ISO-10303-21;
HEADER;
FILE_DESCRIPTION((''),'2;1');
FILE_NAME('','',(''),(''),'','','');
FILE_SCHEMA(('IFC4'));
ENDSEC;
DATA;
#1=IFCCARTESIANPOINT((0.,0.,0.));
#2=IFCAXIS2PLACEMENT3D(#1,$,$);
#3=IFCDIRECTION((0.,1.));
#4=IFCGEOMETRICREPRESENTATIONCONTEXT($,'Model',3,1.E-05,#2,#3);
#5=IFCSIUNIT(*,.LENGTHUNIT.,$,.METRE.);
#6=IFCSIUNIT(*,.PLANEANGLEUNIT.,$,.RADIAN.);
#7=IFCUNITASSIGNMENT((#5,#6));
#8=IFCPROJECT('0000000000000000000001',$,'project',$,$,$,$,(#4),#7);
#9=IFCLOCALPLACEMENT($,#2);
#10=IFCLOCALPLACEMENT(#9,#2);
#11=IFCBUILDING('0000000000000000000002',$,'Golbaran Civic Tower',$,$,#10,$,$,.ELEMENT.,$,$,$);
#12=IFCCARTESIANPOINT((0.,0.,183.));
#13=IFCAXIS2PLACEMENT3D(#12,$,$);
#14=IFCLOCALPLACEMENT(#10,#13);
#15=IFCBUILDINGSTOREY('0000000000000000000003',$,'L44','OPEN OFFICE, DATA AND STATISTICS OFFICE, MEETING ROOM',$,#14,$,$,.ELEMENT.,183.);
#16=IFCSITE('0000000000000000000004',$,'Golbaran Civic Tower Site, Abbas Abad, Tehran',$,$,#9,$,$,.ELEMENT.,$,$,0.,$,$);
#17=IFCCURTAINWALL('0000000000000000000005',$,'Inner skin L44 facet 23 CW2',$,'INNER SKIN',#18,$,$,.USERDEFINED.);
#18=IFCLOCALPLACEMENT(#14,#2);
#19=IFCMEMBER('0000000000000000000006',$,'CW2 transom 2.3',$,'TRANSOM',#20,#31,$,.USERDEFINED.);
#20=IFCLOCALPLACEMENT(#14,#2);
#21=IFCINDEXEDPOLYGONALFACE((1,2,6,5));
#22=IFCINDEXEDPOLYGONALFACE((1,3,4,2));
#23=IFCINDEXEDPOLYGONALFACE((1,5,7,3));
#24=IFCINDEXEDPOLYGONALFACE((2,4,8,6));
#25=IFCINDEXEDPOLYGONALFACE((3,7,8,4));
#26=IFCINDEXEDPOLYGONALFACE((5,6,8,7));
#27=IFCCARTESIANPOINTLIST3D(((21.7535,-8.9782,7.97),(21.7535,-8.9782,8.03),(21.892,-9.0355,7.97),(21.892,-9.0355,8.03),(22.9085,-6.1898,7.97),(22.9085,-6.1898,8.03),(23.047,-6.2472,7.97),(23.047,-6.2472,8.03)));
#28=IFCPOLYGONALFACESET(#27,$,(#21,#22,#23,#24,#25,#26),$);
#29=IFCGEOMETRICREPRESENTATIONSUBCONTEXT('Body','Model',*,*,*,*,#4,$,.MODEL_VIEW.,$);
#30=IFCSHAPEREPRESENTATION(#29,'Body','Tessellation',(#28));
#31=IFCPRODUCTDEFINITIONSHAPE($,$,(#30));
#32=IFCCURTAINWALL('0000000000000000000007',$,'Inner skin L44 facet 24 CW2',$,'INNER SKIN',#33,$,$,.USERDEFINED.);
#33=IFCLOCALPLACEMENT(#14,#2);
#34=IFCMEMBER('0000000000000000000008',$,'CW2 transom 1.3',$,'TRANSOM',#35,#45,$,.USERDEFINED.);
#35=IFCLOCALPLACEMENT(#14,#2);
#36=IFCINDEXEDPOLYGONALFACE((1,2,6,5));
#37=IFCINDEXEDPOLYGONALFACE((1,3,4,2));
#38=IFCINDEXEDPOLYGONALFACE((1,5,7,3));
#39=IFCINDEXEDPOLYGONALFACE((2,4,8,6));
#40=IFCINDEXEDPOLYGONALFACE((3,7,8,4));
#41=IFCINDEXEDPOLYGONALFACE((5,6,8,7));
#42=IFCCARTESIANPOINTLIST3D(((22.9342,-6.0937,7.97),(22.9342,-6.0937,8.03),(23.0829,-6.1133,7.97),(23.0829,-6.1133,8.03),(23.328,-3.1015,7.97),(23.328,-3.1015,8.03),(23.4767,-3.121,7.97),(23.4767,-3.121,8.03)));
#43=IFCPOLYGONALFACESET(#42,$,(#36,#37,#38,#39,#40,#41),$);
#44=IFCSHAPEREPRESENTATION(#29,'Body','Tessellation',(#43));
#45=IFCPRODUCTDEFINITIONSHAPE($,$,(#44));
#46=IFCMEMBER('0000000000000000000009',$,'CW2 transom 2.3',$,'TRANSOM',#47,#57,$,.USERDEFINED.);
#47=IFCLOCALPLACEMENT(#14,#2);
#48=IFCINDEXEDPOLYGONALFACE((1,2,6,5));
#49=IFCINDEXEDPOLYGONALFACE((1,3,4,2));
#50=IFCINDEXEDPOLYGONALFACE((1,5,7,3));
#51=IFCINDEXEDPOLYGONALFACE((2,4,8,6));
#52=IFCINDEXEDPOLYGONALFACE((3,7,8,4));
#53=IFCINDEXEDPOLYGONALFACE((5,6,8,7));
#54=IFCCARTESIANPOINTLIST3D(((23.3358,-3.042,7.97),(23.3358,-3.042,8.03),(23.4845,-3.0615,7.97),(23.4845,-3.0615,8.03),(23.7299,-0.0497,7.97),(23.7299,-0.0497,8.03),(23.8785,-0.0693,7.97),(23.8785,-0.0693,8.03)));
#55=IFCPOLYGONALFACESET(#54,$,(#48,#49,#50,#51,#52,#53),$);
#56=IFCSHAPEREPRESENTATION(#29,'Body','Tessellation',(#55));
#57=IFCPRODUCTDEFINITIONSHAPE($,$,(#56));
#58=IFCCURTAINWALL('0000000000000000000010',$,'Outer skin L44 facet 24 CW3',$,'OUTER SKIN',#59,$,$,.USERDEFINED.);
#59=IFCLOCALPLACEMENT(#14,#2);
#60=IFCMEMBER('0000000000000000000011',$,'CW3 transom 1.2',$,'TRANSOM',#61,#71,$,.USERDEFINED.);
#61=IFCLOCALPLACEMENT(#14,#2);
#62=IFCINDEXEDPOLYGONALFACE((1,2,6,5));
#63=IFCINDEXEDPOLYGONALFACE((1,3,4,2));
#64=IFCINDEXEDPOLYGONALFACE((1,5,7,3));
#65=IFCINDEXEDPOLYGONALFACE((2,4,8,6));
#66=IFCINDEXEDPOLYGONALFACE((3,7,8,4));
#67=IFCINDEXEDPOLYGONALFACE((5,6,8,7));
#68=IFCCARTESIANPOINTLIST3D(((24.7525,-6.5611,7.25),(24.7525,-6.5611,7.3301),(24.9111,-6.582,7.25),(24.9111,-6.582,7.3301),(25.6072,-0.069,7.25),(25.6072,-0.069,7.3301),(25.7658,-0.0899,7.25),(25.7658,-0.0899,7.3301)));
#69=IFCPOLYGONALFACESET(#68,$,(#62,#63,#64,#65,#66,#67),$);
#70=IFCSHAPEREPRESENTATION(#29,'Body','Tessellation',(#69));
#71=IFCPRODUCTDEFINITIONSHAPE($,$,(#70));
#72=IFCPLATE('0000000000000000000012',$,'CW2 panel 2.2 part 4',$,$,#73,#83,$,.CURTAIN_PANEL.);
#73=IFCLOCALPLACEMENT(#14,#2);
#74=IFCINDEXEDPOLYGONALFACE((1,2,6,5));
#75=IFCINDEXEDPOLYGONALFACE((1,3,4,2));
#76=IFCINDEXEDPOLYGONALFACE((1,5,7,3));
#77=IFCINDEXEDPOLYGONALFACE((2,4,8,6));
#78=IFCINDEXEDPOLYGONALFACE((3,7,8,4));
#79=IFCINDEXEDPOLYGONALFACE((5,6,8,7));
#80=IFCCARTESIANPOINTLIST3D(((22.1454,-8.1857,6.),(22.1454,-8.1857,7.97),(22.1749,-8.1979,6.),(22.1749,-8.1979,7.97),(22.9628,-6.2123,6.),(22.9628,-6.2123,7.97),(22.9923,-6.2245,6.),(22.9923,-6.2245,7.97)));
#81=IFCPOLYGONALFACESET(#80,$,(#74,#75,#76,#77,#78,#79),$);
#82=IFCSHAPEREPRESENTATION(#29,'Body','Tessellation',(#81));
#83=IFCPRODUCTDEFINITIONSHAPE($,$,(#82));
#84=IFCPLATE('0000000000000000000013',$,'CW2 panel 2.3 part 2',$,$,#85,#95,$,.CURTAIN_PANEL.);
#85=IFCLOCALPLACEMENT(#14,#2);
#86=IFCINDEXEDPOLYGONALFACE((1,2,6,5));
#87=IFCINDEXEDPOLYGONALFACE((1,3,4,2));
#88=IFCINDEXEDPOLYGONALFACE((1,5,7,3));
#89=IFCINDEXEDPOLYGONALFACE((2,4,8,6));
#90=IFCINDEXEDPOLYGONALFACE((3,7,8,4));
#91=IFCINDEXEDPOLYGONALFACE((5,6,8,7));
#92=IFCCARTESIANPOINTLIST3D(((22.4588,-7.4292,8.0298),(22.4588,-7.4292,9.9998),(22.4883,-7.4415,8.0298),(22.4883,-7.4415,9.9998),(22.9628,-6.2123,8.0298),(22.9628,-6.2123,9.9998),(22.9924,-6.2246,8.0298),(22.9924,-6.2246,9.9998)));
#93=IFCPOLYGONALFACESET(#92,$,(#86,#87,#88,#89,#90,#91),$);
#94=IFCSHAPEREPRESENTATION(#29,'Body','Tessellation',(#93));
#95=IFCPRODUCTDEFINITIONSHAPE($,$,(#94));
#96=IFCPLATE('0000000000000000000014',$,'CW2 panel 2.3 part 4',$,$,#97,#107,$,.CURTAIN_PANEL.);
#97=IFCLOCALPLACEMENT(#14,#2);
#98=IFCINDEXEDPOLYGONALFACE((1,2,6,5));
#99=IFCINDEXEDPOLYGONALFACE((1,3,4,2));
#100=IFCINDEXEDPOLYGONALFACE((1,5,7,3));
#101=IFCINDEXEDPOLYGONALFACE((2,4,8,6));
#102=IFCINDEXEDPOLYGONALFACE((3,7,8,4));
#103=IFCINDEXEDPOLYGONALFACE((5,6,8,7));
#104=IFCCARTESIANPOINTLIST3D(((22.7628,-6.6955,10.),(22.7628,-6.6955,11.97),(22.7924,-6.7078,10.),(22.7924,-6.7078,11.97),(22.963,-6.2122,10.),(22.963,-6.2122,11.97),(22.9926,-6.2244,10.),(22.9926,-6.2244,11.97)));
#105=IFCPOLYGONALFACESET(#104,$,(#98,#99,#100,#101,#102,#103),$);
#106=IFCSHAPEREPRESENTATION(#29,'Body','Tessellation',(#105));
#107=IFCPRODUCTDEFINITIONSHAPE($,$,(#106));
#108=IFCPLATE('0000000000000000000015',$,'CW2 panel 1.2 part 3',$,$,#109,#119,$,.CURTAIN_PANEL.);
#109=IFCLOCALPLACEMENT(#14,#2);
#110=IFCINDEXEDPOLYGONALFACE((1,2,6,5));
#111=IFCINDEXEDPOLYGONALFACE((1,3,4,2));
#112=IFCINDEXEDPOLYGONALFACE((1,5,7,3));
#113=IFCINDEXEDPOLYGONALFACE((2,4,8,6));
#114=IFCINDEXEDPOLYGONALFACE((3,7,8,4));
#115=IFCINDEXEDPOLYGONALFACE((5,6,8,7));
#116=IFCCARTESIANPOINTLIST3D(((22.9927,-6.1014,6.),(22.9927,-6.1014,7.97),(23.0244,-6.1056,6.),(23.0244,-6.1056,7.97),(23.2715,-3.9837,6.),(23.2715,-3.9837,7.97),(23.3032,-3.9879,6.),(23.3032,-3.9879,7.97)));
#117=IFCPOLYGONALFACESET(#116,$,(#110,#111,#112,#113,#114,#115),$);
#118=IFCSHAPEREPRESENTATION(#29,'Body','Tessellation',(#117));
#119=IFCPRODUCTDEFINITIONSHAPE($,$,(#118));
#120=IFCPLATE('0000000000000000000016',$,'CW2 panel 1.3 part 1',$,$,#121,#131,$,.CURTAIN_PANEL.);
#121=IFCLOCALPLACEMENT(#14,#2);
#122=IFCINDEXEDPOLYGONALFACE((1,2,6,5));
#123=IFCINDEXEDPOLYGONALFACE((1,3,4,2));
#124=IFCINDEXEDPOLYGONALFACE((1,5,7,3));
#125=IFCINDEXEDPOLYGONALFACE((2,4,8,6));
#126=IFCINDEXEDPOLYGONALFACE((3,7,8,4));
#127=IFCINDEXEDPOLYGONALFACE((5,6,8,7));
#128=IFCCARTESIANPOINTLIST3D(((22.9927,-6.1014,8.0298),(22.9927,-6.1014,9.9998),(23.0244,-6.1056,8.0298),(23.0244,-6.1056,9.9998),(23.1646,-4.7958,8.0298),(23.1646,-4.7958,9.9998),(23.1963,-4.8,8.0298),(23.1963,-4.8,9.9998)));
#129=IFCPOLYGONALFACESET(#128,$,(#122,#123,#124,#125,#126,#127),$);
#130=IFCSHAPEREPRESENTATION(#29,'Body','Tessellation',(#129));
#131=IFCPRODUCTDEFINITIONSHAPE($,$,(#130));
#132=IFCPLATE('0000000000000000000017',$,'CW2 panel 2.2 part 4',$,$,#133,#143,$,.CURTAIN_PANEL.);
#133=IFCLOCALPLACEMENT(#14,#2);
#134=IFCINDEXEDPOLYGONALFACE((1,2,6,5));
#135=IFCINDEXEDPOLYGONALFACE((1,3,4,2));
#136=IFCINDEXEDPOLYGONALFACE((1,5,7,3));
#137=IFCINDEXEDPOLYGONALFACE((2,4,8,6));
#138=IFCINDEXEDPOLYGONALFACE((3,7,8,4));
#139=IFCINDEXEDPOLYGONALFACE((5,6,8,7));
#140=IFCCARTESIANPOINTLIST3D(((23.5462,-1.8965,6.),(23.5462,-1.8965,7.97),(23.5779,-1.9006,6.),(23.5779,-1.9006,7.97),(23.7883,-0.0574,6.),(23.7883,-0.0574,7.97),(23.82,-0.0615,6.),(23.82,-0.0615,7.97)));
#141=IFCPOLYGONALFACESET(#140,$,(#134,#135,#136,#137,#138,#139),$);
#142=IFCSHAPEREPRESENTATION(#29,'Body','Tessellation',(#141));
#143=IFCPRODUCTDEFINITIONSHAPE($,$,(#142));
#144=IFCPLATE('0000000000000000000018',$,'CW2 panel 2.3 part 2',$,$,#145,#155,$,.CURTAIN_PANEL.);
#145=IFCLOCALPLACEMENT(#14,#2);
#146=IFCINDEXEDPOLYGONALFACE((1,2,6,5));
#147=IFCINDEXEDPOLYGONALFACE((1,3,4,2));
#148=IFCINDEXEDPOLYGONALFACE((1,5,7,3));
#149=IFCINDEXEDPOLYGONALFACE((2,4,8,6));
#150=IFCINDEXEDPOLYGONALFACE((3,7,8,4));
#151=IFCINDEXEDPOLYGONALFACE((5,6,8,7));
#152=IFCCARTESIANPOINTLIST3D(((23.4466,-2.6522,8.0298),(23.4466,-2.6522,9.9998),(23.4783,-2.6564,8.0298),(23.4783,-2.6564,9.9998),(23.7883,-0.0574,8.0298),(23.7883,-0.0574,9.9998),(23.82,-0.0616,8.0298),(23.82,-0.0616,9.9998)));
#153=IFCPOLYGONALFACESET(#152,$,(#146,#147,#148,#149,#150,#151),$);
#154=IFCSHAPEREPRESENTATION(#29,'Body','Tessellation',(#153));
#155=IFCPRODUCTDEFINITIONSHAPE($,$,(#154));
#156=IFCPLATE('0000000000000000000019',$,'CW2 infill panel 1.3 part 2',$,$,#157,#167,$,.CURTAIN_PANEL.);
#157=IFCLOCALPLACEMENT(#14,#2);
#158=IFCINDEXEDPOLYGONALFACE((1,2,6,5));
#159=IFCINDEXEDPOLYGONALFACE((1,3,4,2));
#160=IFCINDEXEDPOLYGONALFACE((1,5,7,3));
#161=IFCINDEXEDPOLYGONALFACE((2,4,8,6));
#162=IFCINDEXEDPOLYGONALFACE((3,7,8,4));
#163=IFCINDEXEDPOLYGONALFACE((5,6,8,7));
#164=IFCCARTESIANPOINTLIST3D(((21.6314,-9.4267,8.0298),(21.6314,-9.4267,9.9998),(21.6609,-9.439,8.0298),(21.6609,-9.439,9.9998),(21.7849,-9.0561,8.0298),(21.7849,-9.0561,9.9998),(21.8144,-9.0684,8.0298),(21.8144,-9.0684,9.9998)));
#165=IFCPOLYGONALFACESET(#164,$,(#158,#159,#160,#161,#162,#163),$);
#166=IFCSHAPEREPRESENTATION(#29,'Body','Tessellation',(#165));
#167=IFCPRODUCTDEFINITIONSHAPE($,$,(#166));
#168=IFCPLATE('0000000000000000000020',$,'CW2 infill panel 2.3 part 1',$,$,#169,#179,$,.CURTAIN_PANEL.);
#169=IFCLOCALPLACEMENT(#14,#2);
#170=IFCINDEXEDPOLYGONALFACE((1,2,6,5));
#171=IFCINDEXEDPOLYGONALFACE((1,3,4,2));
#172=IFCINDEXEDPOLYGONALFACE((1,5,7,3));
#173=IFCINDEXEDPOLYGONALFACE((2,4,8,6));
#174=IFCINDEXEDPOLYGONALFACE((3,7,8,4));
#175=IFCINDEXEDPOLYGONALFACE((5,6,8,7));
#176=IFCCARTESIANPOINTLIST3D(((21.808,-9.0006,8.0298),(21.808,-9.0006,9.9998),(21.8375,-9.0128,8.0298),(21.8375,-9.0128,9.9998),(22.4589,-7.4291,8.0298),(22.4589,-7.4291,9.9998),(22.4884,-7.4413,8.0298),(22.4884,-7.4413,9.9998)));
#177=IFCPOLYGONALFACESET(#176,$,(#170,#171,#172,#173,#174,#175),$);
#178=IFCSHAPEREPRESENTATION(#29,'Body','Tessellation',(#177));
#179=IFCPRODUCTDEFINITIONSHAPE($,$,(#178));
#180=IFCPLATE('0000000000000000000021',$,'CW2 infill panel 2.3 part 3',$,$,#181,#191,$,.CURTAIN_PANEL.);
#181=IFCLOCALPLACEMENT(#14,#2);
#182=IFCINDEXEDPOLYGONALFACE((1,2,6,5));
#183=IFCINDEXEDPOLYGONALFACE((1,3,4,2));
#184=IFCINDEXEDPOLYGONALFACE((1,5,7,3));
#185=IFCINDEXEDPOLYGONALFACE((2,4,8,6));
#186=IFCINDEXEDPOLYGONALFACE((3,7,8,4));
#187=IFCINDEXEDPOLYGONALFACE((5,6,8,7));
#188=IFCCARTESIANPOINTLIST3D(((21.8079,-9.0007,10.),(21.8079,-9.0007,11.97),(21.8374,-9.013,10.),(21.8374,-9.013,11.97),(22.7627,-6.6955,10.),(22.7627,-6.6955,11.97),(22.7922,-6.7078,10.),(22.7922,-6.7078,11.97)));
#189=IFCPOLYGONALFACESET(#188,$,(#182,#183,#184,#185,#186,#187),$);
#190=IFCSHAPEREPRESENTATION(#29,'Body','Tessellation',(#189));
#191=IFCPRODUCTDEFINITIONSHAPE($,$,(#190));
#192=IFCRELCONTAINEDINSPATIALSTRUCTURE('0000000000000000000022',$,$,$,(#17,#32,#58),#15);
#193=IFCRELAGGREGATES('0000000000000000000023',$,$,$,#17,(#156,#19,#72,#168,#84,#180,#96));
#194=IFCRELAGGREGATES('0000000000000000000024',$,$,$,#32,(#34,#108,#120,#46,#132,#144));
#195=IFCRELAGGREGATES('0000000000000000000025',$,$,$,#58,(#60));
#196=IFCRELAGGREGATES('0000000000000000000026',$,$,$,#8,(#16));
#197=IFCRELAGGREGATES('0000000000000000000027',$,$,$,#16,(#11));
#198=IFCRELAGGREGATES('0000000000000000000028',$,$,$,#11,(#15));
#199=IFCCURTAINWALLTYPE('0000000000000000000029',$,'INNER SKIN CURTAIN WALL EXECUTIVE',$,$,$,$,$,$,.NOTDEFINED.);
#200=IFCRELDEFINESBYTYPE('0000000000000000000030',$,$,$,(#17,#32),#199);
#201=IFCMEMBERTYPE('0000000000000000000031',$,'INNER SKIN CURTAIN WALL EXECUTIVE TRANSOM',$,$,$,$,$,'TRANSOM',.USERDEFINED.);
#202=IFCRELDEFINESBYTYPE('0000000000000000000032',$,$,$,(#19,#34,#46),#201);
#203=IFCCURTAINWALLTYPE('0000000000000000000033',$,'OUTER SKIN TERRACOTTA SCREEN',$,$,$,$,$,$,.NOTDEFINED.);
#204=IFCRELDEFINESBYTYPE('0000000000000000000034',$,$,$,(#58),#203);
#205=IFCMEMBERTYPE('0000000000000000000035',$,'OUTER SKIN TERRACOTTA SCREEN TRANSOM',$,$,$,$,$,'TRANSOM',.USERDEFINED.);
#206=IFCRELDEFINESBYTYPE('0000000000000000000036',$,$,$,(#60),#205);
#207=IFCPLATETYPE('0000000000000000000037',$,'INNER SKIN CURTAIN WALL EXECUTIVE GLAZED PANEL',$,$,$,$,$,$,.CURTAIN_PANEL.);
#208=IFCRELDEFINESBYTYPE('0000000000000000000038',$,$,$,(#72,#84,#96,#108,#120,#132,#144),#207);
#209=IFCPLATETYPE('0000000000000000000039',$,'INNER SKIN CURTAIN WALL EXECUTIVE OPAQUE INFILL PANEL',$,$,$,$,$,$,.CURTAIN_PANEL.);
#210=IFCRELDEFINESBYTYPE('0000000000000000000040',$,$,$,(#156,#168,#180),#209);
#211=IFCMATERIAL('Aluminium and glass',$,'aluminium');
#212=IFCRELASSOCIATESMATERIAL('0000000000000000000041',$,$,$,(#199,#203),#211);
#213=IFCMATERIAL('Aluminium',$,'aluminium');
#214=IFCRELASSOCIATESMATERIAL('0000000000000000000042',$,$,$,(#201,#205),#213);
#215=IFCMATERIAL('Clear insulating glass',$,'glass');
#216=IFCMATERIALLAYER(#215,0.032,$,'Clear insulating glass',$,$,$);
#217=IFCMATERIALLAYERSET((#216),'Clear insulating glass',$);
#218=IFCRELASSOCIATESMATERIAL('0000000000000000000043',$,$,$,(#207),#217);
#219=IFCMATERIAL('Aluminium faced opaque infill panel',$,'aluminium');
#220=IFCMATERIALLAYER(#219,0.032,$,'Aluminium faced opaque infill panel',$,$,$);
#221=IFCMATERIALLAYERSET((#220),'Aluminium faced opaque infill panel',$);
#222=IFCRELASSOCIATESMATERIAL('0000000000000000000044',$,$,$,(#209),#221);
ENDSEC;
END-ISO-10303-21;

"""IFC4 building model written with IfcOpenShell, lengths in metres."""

from ifc_helpers import new_model, si_unit, direction, frame, origin, origin_2d, place, context, subcontext, project, spatial, rectangle, extrude, material, layer, layer_set, material_profile, profile_set, type_object, element, aggregate, save


model = new_model("IFC4")

# Units and contexts
model_context = context("Model", 3, precision=1e-05, world=origin(), true_north=direction((0.0, 1.0)))
body_context = subcontext(model_context, "Body", "Model", "MODEL_VIEW")
ifc_project = project(units=[si_unit("LENGTHUNIT", "METRE"), si_unit("PLANEANGLEUNIT", "RADIAN")], contexts=[model_context])

# Site, building, storey
site_placement = place(None, origin())
site = spatial("IfcSite", under=ifc_project, at=site_placement, Name="Golbaran Civic Tower Site, Abbas Abad, Tehran", CompositionType="ELEMENT", RefElevation=0.0)
building_placement = place(site_placement, origin())
building = spatial("IfcBuilding", under=site, at=building_placement, Name="Golbaran Civic Tower", CompositionType="ELEMENT")
storey_placement = place(building_placement, frame((0.0, 0.0, 183.0)))
storey = spatial("IfcBuildingStorey", under=building, at=storey_placement, Name="L44", Description="OPEN OFFICE, DATA AND STATISTICS OFFICE, MEETING ROOM", CompositionType="ELEMENT", Elevation=183.0)

# Curtain wall, member
ifc_material_1 = material(Name="Aluminium and glass", Category="aluminium")
curtain_wall_type_1 = type_object("IfcCurtainWallType", Name="INNER SKIN CURTAIN WALL EXECUTIVE", PredefinedType="NOTDEFINED", material=ifc_material_1)
curtain_wall_1_placement = place(storey_placement, origin())
curtain_wall_1 = element("IfcCurtainWall", 1, at=curtain_wall_1_placement, inside=storey, type_object=curtain_wall_type_1, Name="Inner skin L44 facet 23 CW2", ObjectType="INNER SKIN", PredefinedType="USERDEFINED")
ifc_material_2 = material(Name="Aluminium", Category="aluminium")
ifc_material_profile_1 = material_profile(ifc_material_2, rectangle(XDim=0.1499, YDim=0.0601, at=origin_2d()), Name="INNER SKIN CURTAIN WALL EXECUTIVE TRANSOM")
ifc_profile_set_1 = profile_set([ifc_material_profile_1], Name="Aluminium")
member_type_1 = type_object("IfcMemberType", Name="INNER SKIN CURTAIN WALL EXECUTIVE TRANSOM", ElementType="TRANSOM", PredefinedType="USERDEFINED", material=ifc_profile_set_1)
member_1_placement = place(storey_placement, frame((21.8228, -9.0068, 8.0), z_axis=(0.382702, 0.923872, 0.0), x_axis=(-0.923872, 0.382702, 0.0)))
member_1 = element("IfcMember", 2, at=member_1_placement, type_object=member_type_1, Name="CW2 transom 2.3", ObjectType="TRANSOM", PredefinedType="USERDEFINED", context=body_context, shape_type="SweptSolid", body=[
    extrude(rectangle(XDim=0.1499, YDim=0.0601, at=origin_2d()), origin(), (0.0, 0.0, 1.0), 3.0181),
])

# Curtain wall, members
curtain_wall_2_placement = place(storey_placement, origin())
curtain_wall_2 = element("IfcCurtainWall", 3, at=curtain_wall_2_placement, inside=storey, type_object=curtain_wall_type_1, Name="Inner skin L44 facet 24 CW2", ObjectType="INNER SKIN", PredefinedType="USERDEFINED")
member_2_placement = place(storey_placement, frame((23.0085, -6.1035, 8.0), z_axis=(0.130484, 0.99145, 0.0), x_axis=(-0.99145, 0.130484, 0.0)))
member_2 = element("IfcMember", 4, at=member_2_placement, type_object=member_type_1, Name="CW2 transom 1.3", ObjectType="TRANSOM", PredefinedType="USERDEFINED", context=body_context, shape_type="SweptSolid", body=[
    extrude(rectangle(XDim=0.1499, YDim=0.0601, at=origin_2d()), origin(), (0.0, 0.0, 1.0), 3.0181),
])
member_3_placement = place(storey_placement, frame((23.4102, -3.0518, 8.0), z_axis=(0.130563, 0.99144, 0.0), x_axis=(-0.99144, 0.130563, 0.0)))
member_3 = element("IfcMember", 5, at=member_3_placement, type_object=member_type_1, Name="CW2 transom 2.3", ObjectType="TRANSOM", PredefinedType="USERDEFINED", context=body_context, shape_type="SweptSolid", body=[
    extrude(rectangle(XDim=0.1499, YDim=0.0601, at=origin_2d()), origin(), (0.0, 0.0, 1.0), 3.0181),
])

# Curtain wall, member
curtain_wall_type_2 = type_object("IfcCurtainWallType", Name="OUTER SKIN TERRACOTTA SCREEN", PredefinedType="NOTDEFINED", material=ifc_material_1)
curtain_wall_3_placement = place(storey_placement, origin())
curtain_wall_3 = element("IfcCurtainWall", 6, at=curtain_wall_3_placement, inside=storey, type_object=curtain_wall_type_2, Name="Outer skin L44 facet 24 CW3", ObjectType="OUTER SKIN", PredefinedType="USERDEFINED")
ifc_material_profile_2 = material_profile(ifc_material_2, rectangle(XDim=0.1599, YDim=0.0801, at=origin_2d()), Name="OUTER SKIN TERRACOTTA SCREEN TRANSOM")
ifc_profile_set_2 = profile_set([ifc_material_profile_2], Name="Aluminium")
member_type_2 = type_object("IfcMemberType", Name="OUTER SKIN TERRACOTTA SCREEN TRANSOM", ElementType="TRANSOM", PredefinedType="USERDEFINED", material=ifc_profile_set_2)
member_4_placement = place(storey_placement, frame((24.8318, -6.5715, 7.29), z_axis=(0.13053, 0.991444, 0.0), x_axis=(-0.991444, 0.13053, 0.0)))
member_4 = element("IfcMember", 7, at=member_4_placement, type_object=member_type_2, Name="CW3 transom 1.2", ObjectType="TRANSOM", PredefinedType="USERDEFINED", context=body_context, shape_type="SweptSolid", body=[
    extrude(rectangle(XDim=0.1599, YDim=0.0801, at=origin_2d()), origin(), (0.0, 0.0, 1.0), 6.5481),
])

# Plates
ifc_material_3 = material(Name="Clear insulating glass", Category="glass")
ifc_layer_1 = layer(ifc_material_3, 0.032, Name="Clear insulating glass")
ifc_layer_set_1 = layer_set([ifc_layer_1], Name="Clear insulating glass")
plate_type_1 = type_object("IfcPlateType", Name="INNER SKIN CURTAIN WALL EXECUTIVE GLAZED PANEL", PredefinedType="CURTAIN_PANEL", material=ifc_layer_set_1)
plate_1_placement = place(storey_placement, frame((22.5688, -7.2051, 6.0), z_axis=(0.0, 0.0, 1.0), x_axis=(0.382683, 0.92388, 0.0)))
plate_1 = element("IfcPlate", 8, at=plate_1_placement, type_object=plate_type_1, Name="CW2 panel 2.2 part 4", PredefinedType="CURTAIN_PANEL", context=body_context, shape_type="SweptSolid", body=[
    extrude(rectangle(XDim=2.136, YDim=0.032, at=origin_2d()), origin(), (0.0, 0.0, 1.0), 1.97),
])
plate_2_placement = place(storey_placement, frame((22.7256, -6.8269, 8.0298), z_axis=(0.0, 0.0, 1.0), x_axis=(0.382683, 0.92388, 0.0)))
plate_2 = element("IfcPlate", 9, at=plate_2_placement, type_object=plate_type_1, Name="CW2 panel 2.3 part 2", PredefinedType="CURTAIN_PANEL", context=body_context, shape_type="SweptSolid", body=[
    extrude(rectangle(XDim=1.3171, YDim=0.032, at=origin_2d()), origin(), (0.0, 0.0, 1.0), 1.97),
])
plate_3_placement = place(storey_placement, frame((22.8777, -6.46, 10.0), z_axis=(0.0, 0.0, 1.0), x_axis=(0.382683, 0.92388, 0.0)))
plate_3 = element("IfcPlate", 10, at=plate_3_placement, type_object=plate_type_1, Name="CW2 panel 2.3 part 4", PredefinedType="CURTAIN_PANEL", context=body_context, shape_type="SweptSolid", body=[
    extrude(rectangle(XDim=0.5232, YDim=0.032, at=origin_2d()), origin(), (0.0, 0.0, 1.0), 1.97),
])
plate_4_placement = place(storey_placement, frame((23.1479, -5.0447, 6.0), z_axis=(0.0, 0.0, 1.0), x_axis=(0.130526, 0.991445, 0.0)))
plate_4 = element("IfcPlate", 11, at=plate_4_placement, type_object=plate_type_1, Name="CW2 panel 1.2 part 3", PredefinedType="CURTAIN_PANEL", context=body_context, shape_type="SweptSolid", body=[
    extrude(rectangle(XDim=2.136, YDim=0.032, at=origin_2d()), origin(), (0.0, 0.0, 1.0), 1.97),
])
plate_5_placement = place(storey_placement, frame((23.0945, -5.4507, 8.0298), z_axis=(0.0, 0.0, 1.0), x_axis=(0.130526, 0.991445, 0.0)))
plate_5 = element("IfcPlate", 12, at=plate_5_placement, type_object=plate_type_1, Name="CW2 panel 1.3 part 1", PredefinedType="CURTAIN_PANEL", context=body_context, shape_type="SweptSolid", body=[
    extrude(rectangle(XDim=1.3169, YDim=0.032, at=origin_2d()), origin(), (0.0, 0.0, 1.0), 1.97),
])
plate_6_placement = place(storey_placement, frame((23.6831, -0.979, 6.0), z_axis=(0.0, 0.0, 1.0), x_axis=(0.130526, 0.991445, 0.0)))
plate_6 = element("IfcPlate", 13, at=plate_6_placement, type_object=plate_type_1, Name="CW2 panel 2.2 part 4", PredefinedType="CURTAIN_PANEL", context=body_context, shape_type="SweptSolid", body=[
    extrude(rectangle(XDim=1.855, YDim=0.032, at=origin_2d()), origin(), (0.0, 0.0, 1.0), 1.97),
])
plate_7_placement = place(storey_placement, frame((23.6333, -1.3569, 8.0298), z_axis=(0.0, 0.0, 1.0), x_axis=(0.130526, 0.991445, 0.0)))
plate_7 = element("IfcPlate", 14, at=plate_7_placement, type_object=plate_type_1, Name="CW2 panel 2.3 part 2", PredefinedType="CURTAIN_PANEL", context=body_context, shape_type="SweptSolid", body=[
    extrude(rectangle(XDim=2.6172, YDim=0.032, at=origin_2d()), origin(), (0.0, 0.0, 1.0), 1.97),
])
ifc_material_4 = material(Name="Aluminium faced opaque infill panel", Category="aluminium")
ifc_layer_2 = layer(ifc_material_4, 0.032, Name="Aluminium faced opaque infill panel")
ifc_layer_set_2 = layer_set([ifc_layer_2], Name="Aluminium faced opaque infill panel")
plate_type_2 = type_object("IfcPlateType", Name="INNER SKIN CURTAIN WALL EXECUTIVE OPAQUE INFILL PANEL", PredefinedType="CURTAIN_PANEL", material=ifc_layer_set_2)
plate_8_placement = place(storey_placement, frame((21.7229, -9.2476, 8.0298), z_axis=(0.0, 0.0, 1.0), x_axis=(0.382683, 0.92388, 0.0)))
plate_8 = element("IfcPlate", 15, at=plate_8_placement, type_object=plate_type_2, Name="CW2 infill panel 1.3 part 2", PredefinedType="CURTAIN_PANEL", context=body_context, shape_type="SweptSolid", body=[
    extrude(rectangle(XDim=0.4011, YDim=0.032, at=origin_2d()), origin(), (0.0, 0.0, 1.0), 1.97),
])
plate_9_placement = place(storey_placement, frame((22.1482, -8.2209, 8.0298), z_axis=(0.0, 0.0, 1.0), x_axis=(0.382683, 0.92388, 0.0)))
plate_9 = element("IfcPlate", 16, at=plate_9_placement, type_object=plate_type_2, Name="CW2 infill panel 2.3 part 1", PredefinedType="CURTAIN_PANEL", context=body_context, shape_type="SweptSolid", body=[
    extrude(rectangle(XDim=1.7009, YDim=0.032, at=origin_2d()), origin(), (0.0, 0.0, 1.0), 1.97),
])
plate_10_placement = place(storey_placement, frame((22.3, -7.8542, 10.0), z_axis=(0.0, 0.0, 1.0), x_axis=(0.382683, 0.92388, 0.0)))
plate_10 = element("IfcPlate", 17, at=plate_10_placement, type_object=plate_type_2, Name="CW2 infill panel 2.3 part 3", PredefinedType="CURTAIN_PANEL", context=body_context, shape_type="SweptSolid", body=[
    extrude(rectangle(XDim=2.4951, YDim=0.032, at=origin_2d()), origin(), (0.0, 0.0, 1.0), 1.97),
])
aggregate(curtain_wall_1, [plate_8, member_1, plate_1, plate_9, plate_2, plate_10, plate_3])
aggregate(curtain_wall_2, [member_2, plate_4, plate_5, member_3, plate_6, plate_7])
aggregate(curtain_wall_3, [member_4])

save(model, "model.ifc")
